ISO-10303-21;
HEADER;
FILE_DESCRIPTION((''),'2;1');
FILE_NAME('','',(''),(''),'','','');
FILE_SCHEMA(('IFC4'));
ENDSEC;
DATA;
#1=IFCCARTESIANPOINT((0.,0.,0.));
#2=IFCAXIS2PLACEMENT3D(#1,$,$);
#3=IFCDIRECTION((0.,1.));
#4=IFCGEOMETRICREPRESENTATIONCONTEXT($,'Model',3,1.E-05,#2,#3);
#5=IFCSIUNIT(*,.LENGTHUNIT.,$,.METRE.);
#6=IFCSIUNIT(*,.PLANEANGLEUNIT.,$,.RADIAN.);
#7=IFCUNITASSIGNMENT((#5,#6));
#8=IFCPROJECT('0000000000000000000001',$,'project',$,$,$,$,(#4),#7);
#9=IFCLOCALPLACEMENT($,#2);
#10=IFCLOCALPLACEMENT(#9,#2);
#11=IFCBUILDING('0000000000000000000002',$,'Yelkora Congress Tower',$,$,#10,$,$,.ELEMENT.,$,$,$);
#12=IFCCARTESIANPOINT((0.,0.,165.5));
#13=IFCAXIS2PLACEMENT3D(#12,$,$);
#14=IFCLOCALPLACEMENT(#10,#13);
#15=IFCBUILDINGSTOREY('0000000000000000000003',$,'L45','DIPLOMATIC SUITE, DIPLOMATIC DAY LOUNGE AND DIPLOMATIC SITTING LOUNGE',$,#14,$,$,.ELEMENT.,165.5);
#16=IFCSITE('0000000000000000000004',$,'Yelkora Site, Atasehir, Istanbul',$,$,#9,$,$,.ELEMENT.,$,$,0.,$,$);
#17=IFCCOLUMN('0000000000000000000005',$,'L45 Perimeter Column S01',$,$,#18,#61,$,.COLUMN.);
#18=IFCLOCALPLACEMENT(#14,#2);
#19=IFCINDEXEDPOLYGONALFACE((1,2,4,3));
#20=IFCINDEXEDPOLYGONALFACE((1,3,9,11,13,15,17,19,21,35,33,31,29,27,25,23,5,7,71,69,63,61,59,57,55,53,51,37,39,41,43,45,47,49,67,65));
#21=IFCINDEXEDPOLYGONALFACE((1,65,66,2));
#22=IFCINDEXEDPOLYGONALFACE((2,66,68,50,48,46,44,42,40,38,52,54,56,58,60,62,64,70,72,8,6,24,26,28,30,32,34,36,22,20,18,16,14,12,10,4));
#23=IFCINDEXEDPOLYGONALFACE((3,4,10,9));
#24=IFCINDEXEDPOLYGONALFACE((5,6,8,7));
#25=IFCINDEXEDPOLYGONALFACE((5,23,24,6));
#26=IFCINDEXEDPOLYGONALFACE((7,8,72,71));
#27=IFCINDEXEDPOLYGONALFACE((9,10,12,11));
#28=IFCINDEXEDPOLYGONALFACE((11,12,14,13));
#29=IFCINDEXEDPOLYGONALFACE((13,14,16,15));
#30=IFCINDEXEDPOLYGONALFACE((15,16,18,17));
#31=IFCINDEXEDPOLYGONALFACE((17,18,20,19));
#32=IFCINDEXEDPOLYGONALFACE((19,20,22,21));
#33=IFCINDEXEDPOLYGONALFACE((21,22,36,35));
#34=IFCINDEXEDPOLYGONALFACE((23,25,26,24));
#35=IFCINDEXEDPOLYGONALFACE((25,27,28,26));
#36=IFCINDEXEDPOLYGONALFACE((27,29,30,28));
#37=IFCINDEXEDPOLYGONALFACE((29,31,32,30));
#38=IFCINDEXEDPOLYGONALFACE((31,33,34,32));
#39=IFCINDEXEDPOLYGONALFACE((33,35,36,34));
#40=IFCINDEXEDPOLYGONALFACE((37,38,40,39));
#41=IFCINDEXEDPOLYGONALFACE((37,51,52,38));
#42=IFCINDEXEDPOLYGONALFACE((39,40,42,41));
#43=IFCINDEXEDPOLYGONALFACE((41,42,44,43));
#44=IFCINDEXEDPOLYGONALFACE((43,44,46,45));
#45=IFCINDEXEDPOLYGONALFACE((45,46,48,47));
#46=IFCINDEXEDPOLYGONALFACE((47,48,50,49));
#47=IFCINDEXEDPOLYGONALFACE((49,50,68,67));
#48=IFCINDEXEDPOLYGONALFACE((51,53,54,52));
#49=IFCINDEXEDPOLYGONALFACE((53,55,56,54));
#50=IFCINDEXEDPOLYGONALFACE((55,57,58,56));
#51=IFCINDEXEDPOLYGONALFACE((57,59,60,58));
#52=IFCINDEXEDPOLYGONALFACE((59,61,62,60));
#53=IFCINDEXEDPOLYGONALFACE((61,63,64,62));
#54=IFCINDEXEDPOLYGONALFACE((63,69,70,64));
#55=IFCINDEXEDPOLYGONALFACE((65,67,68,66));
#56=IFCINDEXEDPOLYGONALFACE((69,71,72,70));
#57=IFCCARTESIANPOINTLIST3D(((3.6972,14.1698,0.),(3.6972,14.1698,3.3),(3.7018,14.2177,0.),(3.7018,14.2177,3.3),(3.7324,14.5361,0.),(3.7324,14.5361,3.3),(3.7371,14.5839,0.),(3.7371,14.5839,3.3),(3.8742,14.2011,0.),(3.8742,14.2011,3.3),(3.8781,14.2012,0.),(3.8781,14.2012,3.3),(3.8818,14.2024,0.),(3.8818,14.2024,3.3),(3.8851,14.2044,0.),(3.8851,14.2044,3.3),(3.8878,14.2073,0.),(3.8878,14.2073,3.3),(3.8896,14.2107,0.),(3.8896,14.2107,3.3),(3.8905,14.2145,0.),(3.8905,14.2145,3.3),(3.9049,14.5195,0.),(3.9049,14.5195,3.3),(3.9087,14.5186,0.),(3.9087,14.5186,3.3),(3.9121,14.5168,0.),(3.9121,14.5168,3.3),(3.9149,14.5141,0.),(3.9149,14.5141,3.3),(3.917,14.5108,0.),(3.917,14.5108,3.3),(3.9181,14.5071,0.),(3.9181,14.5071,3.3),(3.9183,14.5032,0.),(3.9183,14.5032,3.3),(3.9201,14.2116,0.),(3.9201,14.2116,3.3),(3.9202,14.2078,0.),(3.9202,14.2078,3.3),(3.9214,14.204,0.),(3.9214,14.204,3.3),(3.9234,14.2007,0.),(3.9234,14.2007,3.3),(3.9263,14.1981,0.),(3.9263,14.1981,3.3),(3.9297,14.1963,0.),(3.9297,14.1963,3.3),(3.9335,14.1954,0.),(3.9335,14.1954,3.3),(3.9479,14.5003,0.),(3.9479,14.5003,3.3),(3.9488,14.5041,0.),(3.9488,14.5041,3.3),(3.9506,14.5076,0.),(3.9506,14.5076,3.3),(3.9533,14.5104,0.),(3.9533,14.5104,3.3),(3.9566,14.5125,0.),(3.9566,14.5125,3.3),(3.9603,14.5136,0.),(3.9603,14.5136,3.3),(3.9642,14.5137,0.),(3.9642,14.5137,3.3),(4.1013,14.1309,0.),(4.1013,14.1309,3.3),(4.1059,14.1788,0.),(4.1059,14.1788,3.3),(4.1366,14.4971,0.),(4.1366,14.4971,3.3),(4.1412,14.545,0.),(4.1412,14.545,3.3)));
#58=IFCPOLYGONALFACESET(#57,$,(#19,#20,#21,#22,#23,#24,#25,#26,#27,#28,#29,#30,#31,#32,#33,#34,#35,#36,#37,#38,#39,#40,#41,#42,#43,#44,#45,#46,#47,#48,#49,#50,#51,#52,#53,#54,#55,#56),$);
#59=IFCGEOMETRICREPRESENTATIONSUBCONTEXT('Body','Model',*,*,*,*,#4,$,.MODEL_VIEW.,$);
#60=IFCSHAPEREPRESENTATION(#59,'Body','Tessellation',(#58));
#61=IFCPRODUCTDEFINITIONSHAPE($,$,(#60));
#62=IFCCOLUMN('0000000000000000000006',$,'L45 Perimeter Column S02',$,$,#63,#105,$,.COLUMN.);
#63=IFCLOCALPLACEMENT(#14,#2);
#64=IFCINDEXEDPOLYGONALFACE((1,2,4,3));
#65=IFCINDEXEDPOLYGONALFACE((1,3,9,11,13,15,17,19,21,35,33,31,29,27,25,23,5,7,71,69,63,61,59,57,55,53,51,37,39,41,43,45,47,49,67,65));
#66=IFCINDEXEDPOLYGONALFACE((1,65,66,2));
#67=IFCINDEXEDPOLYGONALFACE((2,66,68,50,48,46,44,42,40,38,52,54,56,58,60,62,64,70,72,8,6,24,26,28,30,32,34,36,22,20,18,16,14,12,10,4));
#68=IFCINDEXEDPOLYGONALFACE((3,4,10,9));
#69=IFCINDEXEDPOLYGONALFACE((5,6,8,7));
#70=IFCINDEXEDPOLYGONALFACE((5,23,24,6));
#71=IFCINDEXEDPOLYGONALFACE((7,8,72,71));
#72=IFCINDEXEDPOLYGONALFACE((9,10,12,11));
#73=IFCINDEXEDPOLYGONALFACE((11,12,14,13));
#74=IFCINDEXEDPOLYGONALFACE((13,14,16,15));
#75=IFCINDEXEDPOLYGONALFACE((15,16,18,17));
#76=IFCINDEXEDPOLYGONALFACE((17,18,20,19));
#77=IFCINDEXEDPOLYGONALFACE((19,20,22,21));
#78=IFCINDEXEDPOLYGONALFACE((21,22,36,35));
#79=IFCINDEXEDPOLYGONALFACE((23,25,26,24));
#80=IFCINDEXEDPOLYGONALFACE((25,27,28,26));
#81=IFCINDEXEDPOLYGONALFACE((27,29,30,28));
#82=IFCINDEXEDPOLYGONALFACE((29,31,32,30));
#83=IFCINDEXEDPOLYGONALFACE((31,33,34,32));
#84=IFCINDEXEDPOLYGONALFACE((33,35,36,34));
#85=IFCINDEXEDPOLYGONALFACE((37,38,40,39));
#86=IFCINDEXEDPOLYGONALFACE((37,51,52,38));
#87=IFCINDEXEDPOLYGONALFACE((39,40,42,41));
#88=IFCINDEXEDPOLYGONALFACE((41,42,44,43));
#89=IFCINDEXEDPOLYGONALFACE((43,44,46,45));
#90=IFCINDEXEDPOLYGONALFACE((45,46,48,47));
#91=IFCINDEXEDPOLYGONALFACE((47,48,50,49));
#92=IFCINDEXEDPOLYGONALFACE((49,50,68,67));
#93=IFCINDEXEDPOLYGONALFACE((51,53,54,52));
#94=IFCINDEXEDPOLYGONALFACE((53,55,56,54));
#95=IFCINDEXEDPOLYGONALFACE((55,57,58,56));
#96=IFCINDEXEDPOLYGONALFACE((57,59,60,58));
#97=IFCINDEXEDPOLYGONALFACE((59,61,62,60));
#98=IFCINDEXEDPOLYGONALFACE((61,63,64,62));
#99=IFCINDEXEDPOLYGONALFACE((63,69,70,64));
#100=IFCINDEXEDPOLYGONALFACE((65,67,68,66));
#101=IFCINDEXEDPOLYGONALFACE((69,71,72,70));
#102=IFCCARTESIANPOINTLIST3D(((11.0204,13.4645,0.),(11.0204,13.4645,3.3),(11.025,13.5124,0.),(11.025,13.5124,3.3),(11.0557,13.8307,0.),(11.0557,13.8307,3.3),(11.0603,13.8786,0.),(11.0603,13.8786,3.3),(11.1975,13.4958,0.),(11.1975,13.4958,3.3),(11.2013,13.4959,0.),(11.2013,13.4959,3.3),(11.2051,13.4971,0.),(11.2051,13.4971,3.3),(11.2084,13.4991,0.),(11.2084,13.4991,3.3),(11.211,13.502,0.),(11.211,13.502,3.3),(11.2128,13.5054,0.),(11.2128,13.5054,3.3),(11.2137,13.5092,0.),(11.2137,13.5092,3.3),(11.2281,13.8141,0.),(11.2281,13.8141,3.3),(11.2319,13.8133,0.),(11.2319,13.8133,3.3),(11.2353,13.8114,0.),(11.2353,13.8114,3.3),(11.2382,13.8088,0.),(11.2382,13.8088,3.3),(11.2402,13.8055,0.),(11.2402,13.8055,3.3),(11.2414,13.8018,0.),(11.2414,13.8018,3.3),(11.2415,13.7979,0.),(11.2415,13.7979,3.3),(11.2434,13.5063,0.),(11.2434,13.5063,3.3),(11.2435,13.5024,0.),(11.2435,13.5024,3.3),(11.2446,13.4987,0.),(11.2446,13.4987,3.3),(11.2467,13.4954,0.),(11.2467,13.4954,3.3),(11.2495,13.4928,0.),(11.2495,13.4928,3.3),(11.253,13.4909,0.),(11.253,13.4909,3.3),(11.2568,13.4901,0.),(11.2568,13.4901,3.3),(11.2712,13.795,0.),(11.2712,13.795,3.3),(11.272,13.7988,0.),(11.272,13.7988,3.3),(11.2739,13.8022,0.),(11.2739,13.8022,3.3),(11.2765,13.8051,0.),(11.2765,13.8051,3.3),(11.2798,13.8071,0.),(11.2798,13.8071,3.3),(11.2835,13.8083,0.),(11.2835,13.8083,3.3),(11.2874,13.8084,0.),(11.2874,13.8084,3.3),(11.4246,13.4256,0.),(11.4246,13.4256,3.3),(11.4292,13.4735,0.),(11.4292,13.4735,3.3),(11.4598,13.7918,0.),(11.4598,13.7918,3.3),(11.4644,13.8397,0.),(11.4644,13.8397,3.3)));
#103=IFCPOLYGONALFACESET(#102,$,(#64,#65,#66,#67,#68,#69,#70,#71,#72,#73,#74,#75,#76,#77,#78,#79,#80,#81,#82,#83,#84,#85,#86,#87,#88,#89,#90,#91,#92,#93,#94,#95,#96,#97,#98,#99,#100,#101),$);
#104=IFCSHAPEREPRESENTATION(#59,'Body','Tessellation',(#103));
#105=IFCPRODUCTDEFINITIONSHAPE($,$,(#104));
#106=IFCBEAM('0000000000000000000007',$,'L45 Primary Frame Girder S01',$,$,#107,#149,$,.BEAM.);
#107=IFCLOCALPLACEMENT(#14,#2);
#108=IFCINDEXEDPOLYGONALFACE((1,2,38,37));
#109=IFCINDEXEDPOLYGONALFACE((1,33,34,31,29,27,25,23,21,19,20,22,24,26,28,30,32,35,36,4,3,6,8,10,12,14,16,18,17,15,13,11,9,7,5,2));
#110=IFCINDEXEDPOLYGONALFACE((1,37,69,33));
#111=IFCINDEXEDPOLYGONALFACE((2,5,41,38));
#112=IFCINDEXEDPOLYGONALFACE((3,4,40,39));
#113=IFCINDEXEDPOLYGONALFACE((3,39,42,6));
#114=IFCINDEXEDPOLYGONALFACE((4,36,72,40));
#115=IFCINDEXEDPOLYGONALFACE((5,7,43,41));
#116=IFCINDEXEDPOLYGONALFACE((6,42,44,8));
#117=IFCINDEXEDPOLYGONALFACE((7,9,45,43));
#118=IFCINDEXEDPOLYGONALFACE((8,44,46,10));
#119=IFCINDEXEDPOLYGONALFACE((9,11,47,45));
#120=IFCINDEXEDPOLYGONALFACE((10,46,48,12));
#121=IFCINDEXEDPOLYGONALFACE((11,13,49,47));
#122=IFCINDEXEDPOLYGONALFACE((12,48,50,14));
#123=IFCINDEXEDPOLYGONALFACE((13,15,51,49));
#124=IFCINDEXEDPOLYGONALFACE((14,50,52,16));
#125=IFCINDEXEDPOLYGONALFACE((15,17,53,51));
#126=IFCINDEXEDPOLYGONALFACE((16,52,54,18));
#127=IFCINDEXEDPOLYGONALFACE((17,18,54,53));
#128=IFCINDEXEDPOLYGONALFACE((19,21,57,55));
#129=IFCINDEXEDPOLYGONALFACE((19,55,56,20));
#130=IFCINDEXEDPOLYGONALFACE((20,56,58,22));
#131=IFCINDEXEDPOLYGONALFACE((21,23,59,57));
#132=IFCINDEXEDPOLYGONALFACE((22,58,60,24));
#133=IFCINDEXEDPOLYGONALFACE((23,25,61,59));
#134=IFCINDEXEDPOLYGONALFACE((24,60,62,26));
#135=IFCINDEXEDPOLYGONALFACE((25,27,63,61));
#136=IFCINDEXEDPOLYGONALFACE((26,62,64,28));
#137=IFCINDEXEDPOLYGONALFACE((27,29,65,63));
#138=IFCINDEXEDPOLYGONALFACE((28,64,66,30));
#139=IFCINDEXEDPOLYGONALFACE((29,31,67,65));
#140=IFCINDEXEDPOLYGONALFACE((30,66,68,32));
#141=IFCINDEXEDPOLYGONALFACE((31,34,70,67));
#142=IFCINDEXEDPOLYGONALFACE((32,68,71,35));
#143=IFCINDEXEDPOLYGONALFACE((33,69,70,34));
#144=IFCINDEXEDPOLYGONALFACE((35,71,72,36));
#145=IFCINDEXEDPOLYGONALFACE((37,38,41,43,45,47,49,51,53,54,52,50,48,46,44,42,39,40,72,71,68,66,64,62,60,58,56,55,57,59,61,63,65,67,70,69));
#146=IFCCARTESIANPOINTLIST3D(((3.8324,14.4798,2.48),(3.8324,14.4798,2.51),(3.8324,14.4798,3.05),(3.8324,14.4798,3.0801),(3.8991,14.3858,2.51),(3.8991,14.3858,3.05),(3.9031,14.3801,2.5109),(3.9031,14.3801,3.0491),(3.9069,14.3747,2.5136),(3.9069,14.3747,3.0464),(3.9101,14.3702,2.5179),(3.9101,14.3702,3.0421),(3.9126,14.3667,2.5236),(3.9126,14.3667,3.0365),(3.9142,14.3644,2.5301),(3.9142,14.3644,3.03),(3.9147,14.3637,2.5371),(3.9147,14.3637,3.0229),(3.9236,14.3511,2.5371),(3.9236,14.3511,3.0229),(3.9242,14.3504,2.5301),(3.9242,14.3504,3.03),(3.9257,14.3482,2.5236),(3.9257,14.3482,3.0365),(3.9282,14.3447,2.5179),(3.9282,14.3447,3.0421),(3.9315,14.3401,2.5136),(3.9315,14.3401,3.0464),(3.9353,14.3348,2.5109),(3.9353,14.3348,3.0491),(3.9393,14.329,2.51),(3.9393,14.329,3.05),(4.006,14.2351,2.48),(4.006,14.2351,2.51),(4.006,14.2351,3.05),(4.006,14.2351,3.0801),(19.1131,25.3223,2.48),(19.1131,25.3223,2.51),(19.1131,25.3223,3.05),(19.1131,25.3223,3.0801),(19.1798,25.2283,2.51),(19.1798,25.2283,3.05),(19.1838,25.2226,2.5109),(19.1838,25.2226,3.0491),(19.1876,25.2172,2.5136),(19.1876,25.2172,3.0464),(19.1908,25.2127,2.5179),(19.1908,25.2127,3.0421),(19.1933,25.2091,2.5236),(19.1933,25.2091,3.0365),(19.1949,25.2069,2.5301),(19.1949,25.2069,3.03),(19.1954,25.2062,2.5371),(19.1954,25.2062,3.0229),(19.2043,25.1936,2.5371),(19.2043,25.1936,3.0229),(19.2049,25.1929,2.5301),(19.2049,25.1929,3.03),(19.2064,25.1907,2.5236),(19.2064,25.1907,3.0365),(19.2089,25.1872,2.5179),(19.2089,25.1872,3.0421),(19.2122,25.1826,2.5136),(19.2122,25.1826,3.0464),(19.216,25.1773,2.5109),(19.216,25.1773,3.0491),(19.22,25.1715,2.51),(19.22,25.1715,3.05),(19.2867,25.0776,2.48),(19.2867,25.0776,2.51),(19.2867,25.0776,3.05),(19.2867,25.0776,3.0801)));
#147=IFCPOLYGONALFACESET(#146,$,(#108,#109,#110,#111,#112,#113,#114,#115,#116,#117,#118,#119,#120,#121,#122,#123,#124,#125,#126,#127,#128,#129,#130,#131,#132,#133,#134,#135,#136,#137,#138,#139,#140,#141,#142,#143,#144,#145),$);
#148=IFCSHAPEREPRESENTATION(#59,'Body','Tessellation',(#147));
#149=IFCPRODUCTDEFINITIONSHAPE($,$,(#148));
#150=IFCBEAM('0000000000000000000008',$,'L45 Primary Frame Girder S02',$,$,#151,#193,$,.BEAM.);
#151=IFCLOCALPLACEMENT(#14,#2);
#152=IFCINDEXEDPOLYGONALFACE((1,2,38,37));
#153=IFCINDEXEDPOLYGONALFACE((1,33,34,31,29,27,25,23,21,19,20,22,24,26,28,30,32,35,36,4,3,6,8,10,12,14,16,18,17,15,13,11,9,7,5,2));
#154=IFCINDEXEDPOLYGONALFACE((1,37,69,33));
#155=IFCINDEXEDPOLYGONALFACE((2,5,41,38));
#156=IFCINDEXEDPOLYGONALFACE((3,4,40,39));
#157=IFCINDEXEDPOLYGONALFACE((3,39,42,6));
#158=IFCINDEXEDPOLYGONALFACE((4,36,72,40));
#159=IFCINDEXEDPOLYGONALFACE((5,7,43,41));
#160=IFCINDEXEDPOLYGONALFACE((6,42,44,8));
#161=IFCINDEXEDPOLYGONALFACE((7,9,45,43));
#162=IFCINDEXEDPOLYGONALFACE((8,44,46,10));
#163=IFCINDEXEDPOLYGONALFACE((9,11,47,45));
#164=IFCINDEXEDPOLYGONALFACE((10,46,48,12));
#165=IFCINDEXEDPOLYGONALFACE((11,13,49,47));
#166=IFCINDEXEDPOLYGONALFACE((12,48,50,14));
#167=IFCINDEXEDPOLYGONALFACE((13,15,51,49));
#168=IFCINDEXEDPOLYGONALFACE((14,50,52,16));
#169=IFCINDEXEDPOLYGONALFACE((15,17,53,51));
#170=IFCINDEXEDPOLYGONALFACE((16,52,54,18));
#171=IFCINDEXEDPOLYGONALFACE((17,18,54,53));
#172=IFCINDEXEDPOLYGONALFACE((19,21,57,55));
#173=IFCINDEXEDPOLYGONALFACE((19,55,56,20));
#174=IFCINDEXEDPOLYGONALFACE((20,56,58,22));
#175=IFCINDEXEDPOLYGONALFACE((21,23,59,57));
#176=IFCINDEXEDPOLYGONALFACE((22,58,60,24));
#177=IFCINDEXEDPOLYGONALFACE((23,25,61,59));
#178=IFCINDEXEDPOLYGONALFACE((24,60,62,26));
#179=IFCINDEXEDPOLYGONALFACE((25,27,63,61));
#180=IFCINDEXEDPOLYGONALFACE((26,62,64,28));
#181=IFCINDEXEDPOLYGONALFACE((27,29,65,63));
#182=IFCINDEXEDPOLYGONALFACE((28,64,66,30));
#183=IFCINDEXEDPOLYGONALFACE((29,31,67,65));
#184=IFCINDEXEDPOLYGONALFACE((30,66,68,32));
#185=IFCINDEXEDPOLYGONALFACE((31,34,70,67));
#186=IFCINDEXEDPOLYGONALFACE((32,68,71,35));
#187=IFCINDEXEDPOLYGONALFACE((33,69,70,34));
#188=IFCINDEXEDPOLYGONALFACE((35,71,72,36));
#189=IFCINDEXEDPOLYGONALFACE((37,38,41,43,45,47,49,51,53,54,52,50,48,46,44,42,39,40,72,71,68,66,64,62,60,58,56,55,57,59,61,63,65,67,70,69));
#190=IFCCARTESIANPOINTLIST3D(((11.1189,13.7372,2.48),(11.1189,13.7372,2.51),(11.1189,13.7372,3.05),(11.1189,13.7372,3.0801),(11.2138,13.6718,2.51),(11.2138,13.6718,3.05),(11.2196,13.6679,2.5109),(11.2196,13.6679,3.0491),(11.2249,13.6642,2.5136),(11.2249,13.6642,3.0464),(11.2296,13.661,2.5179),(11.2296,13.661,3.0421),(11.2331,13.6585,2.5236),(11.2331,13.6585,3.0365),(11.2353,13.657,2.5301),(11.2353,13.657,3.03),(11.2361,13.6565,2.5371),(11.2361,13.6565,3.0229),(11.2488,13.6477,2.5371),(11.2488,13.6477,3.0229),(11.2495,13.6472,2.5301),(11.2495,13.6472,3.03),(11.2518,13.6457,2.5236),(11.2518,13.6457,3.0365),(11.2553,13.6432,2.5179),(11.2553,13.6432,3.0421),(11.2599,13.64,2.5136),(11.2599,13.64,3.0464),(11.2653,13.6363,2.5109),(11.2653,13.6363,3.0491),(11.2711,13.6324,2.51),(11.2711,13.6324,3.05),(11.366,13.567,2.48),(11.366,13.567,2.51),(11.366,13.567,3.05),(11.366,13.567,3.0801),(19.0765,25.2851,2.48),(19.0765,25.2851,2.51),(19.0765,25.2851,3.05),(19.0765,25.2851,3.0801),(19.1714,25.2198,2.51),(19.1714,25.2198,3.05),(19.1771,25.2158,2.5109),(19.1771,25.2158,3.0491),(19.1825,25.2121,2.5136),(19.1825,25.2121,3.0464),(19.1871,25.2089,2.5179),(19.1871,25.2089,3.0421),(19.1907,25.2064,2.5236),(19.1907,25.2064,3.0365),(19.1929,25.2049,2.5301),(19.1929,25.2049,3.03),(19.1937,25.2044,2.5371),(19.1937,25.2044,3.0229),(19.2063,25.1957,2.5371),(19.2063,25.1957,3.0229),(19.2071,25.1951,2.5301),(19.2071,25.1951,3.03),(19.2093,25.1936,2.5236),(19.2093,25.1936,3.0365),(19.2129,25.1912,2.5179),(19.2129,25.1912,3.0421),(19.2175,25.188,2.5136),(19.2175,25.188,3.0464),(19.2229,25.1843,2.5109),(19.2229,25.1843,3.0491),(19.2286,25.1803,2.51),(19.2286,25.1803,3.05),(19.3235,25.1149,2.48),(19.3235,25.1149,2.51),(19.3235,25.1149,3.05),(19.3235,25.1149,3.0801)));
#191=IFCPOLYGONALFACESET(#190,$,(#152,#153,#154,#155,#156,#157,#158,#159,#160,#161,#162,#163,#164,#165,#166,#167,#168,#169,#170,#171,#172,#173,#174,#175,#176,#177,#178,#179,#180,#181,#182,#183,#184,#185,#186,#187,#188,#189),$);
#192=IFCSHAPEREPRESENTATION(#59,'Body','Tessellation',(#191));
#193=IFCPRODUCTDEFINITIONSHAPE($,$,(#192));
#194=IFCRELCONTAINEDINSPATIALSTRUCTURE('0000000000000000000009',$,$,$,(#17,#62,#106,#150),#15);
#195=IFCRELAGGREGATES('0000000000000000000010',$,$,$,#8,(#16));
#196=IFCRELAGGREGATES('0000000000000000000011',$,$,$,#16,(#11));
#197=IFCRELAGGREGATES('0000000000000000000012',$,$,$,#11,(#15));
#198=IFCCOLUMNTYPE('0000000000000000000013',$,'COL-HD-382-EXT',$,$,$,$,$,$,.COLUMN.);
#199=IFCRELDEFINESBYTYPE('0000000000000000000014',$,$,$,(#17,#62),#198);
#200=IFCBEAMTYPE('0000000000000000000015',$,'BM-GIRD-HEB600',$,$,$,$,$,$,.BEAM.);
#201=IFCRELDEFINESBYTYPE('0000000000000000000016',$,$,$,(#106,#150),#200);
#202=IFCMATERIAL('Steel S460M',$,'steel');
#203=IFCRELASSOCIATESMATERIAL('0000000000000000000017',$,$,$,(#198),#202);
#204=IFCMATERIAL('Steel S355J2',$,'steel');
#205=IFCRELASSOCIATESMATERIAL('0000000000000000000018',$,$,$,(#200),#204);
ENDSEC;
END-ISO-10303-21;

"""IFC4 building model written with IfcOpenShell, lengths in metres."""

from ifc_helpers import new_model, si_unit, direction, frame, origin, origin_2d, place, context, subcontext, project, spatial, i_section, extrude, material, material_profile, profile_set, type_object, element, save


model = new_model("IFC4")

# Units and contexts
model_context = context("Model", 3, precision=1e-05, world=origin(), true_north=direction((0.0, 1.0)))
body_context = subcontext(model_context, "Body", "Model", "MODEL_VIEW")
ifc_project = project(units=[si_unit("LENGTHUNIT", "METRE"), si_unit("PLANEANGLEUNIT", "RADIAN")], contexts=[model_context])

# Site, building, storey
site_placement = place(None, origin())
site = spatial("IfcSite", under=ifc_project, at=site_placement, Name="Yelkora Site, Atasehir, Istanbul", CompositionType="ELEMENT", RefElevation=0.0)
building_placement = place(site_placement, origin())
building = spatial("IfcBuilding", under=site, at=building_placement, Name="Yelkora Congress Tower", CompositionType="ELEMENT")
storey_placement = place(building_placement, frame((0.0, 0.0, 165.5)))
storey = spatial("IfcBuildingStorey", under=building, at=storey_placement, Name="L45", Description="DIPLOMATIC SUITE, DIPLOMATIC DAY LOUNGE AND DIPLOMATIC SITTING LOUNGE", CompositionType="ELEMENT", Elevation=165.5)

# Columns
ifc_material_1 = material(Name="Steel S460M", Category="steel")
ifc_material_profile_1 = material_profile(ifc_material_1, i_section(OverallWidth=0.406, OverallDepth=0.416, WebThickness=0.0298, FlangeThickness=0.0481, FilletRadius=0.0149, at=origin_2d()), Name="HD 400x382")
ifc_profile_set_1 = profile_set([ifc_material_profile_1], Name="Steel S460M")
column_type = type_object("IfcColumnType", Name="COL-HD-382-EXT", PredefinedType="COLUMN", material=ifc_profile_set_1)
for number, where, z_axis, x_axis, name in (
    (1, (3.9192, 14.3574, 0.0), (0.0, 0.0, 1.0), (0.995396, -0.095846, 0.0), "L45 Perimeter Column S01"),
    (2, (11.2424, 13.6521, 0.0), (0.0, 0.0, 1.0), (0.995396, -0.095846, 0.0), "L45 Perimeter Column S02"),
):
    element("IfcColumn", number, at=place(storey_placement, frame(where, z_axis=z_axis, x_axis=x_axis)), inside=storey, type_object=column_type, Name=name, PredefinedType="COLUMN", context=body_context, shape_type="SweptSolid", body=[
        extrude(i_section(OverallWidth=0.406, OverallDepth=0.416, WebThickness=0.0298, FlangeThickness=0.0481, FilletRadius=0.0149, at=origin_2d()), origin(), (0.0, 0.0, 1.0), 3.3),
    ])

# Beams
ifc_material_2 = material(Name="Steel S355J2", Category="steel")
ifc_material_profile_2 = material_profile(ifc_material_2, i_section(OverallWidth=0.3, OverallDepth=0.6001, WebThickness=0.0154, FlangeThickness=0.03, FilletRadius=0.0271, at=origin_2d()), Name="HEB 600")
ifc_profile_set_2 = profile_set([ifc_material_profile_2], Name="Steel S355J2")
beam_type_1 = type_object("IfcBeamType", Name="BM-GIRD-HEB600", PredefinedType="BEAM", material=ifc_profile_set_2)
beam_1_placement = place(storey_placement, frame((3.9192, 14.3574, 2.78), z_axis=(0.815555, 0.57868, 0.0), x_axis=(-0.57868, 0.815555, 0.0)))
element("IfcBeam", 3, at=beam_1_placement, inside=storey, type_object=beam_type_1, Name="L45 Primary Frame Girder S01", PredefinedType="BEAM", context=body_context, shape_type="SweptSolid", body=[
    extrude(i_section(OverallWidth=0.3, OverallDepth=0.6001, WebThickness=0.0154, FlangeThickness=0.03, FilletRadius=0.0271, at=origin_2d()), origin(), (0.0, 0.0, 1.0), 18.7366),
])
beam_2_placement = place(storey_placement, frame((11.2424, 13.6521, 2.78), z_axis=(0.567418, 0.82343, 0.0), x_axis=(-0.82343, 0.567418, 0.0)))
element("IfcBeam", 4, at=beam_2_placement, inside=storey, type_object=beam_type_1, Name="L45 Primary Frame Girder S02", PredefinedType="BEAM", context=body_context, shape_type="SweptSolid", body=[
    extrude(i_section(OverallWidth=0.3, OverallDepth=0.6001, WebThickness=0.0154, FlangeThickness=0.03, FilletRadius=0.0271, at=origin_2d()), origin(), (0.0, 0.0, 1.0), 14.0242),
])

save(model, "model.ifc")
